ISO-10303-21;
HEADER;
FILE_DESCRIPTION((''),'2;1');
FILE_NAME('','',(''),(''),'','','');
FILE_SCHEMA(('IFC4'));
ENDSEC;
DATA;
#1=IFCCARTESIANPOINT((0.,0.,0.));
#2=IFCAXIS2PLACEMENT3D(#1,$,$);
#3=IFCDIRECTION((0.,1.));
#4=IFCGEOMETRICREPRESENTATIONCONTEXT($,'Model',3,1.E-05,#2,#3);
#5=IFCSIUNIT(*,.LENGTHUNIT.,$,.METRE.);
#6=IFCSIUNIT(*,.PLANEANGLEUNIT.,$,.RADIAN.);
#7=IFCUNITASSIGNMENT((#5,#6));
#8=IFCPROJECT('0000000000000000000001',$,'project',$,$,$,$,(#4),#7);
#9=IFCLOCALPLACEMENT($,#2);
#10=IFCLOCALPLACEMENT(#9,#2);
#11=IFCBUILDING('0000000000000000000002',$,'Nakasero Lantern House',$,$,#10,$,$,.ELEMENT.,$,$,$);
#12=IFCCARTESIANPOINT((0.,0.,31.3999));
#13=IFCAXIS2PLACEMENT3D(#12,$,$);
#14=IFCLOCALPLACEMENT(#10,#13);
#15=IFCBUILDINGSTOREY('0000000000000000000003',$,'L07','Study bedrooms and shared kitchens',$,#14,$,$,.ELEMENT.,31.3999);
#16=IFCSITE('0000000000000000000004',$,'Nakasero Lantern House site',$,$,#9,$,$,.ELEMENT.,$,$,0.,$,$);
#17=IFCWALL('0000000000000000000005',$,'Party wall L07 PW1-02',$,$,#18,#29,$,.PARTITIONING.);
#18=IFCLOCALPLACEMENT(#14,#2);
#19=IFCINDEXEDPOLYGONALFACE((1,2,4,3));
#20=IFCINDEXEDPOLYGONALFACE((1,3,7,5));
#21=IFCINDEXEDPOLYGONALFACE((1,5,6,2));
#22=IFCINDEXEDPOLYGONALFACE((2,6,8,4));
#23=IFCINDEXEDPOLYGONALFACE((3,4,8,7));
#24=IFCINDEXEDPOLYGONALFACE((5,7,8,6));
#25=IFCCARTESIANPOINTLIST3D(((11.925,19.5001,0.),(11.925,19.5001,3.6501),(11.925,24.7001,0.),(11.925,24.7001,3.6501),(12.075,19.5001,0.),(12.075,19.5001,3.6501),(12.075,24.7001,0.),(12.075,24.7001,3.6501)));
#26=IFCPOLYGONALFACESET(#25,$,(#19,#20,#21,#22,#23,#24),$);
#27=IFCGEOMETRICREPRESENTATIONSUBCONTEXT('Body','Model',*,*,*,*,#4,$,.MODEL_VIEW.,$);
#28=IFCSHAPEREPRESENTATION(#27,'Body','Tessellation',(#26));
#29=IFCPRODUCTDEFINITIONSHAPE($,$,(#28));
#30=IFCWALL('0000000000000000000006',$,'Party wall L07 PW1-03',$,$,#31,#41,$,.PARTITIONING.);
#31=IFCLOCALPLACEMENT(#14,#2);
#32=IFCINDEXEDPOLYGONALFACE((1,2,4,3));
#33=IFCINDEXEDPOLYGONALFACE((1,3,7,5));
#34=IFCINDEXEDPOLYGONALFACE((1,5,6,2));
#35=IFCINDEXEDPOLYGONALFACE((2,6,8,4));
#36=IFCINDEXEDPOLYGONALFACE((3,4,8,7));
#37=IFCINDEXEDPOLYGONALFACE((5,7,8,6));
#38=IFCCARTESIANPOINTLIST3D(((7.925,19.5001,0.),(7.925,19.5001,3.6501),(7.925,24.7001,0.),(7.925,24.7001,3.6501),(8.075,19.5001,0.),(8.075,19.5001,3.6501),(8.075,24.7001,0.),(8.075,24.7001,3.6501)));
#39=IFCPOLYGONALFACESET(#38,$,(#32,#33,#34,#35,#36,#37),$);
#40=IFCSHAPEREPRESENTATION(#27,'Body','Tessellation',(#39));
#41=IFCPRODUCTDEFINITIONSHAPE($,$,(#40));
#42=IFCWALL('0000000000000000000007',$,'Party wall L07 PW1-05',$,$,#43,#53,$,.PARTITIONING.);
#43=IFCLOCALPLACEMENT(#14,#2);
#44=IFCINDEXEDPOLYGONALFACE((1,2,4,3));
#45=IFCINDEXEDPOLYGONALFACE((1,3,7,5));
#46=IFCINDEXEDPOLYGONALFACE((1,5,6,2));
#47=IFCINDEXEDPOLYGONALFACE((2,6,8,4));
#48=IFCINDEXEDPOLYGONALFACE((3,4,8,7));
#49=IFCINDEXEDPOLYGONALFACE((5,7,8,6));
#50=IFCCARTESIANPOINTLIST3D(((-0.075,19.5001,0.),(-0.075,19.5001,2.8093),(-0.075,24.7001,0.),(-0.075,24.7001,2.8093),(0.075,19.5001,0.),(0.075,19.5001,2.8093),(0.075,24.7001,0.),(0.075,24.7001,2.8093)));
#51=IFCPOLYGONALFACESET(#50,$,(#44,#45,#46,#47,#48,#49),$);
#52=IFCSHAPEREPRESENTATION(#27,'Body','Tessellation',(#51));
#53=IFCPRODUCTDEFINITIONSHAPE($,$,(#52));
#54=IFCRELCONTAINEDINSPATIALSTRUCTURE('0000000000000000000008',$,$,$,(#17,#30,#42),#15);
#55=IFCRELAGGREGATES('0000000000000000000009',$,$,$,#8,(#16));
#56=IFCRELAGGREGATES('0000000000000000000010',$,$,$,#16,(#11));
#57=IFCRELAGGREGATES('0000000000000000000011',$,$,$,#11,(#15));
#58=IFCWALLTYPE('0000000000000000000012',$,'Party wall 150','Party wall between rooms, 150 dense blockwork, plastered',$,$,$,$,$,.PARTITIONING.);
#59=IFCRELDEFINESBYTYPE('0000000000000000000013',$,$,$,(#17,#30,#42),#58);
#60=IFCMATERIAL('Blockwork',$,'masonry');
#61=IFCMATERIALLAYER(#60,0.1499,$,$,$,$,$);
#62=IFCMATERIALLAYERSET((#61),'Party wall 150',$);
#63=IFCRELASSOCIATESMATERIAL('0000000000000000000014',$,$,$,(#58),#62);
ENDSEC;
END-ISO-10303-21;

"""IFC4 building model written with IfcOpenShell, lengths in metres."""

from ifc_helpers import new_model, si_unit, direction, frame, frame_2d, origin, place, context, subcontext, project, spatial, rectangle, extrude, material, layer, layer_set, type_object, element, save


model = new_model("IFC4")

# Units and contexts
model_context = context("Model", 3, precision=1e-05, world=origin(), true_north=direction((0.0, 1.0)))
body_context = subcontext(model_context, "Body", "Model", "MODEL_VIEW")
ifc_project = project(units=[si_unit("LENGTHUNIT", "METRE"), si_unit("PLANEANGLEUNIT", "RADIAN")], contexts=[model_context])

# Site, building, storey
site_placement = place(None, origin())
site = spatial("IfcSite", under=ifc_project, at=site_placement, Name="Nakasero Lantern House site", CompositionType="ELEMENT", RefElevation=0.0)
building_placement = place(site_placement, origin())
building = spatial("IfcBuilding", under=site, at=building_placement, Name="Nakasero Lantern House", CompositionType="ELEMENT")
storey_placement = place(building_placement, frame((0.0, 0.0, 31.3999)))
storey = spatial("IfcBuildingStorey", under=building, at=storey_placement, Name="L07", Description="Study bedrooms and shared kitchens", CompositionType="ELEMENT", Elevation=31.3999)

# Walls
ifc_material_1 = material(Name="Blockwork", Category="masonry")
ifc_layer_1 = layer(ifc_material_1, 0.1499)
ifc_layer_set_1 = layer_set([ifc_layer_1], Name="Party wall 150")
wall_type_1 = type_object("IfcWallType", Name="Party wall 150", Description="Party wall between rooms, 150 dense blockwork, plastered", PredefinedType="PARTITIONING", material=ifc_layer_set_1)
for number, where, z_axis, x_axis, name in (
    (1, (12.0, 19.5, 0.0), (0.0, 0.0, 1.0), (0.0, 1.0, 0.0), "Party wall L07 PW1-02"),
    (2, (8.0, 19.5, 0.0), (0.0, 0.0, 1.0), (0.0, 1.0, 0.0), "Party wall L07 PW1-03"),
):
    element("IfcWall", number, at=place(storey_placement, frame(where, z_axis=z_axis, x_axis=x_axis)), inside=storey, type_object=wall_type_1, Name=name, PredefinedType="PARTITIONING", context=body_context, shape_type="SweptSolid", body=[
        extrude(rectangle(XDim=5.2, YDim=0.1499, at=frame_2d((2.6001, 0.0))), origin(), (0.0, 0.0, 1.0), 3.6501),
    ])
wall_1_placement = place(storey_placement, frame((0.0, 19.5, 0.0), z_axis=(0.0, 0.0, 1.0), x_axis=(0.0, 1.0, 0.0)))
element("IfcWall", 3, at=wall_1_placement, inside=storey, type_object=wall_type_1, Name="Party wall L07 PW1-05", PredefinedType="PARTITIONING", context=body_context, shape_type="SweptSolid", body=[
    extrude(rectangle(XDim=5.2, YDim=0.1499, at=frame_2d((2.6001, 0.0))), origin(), (0.0, 0.0, 1.0), 2.8093),
])

save(model, "model.ifc")
